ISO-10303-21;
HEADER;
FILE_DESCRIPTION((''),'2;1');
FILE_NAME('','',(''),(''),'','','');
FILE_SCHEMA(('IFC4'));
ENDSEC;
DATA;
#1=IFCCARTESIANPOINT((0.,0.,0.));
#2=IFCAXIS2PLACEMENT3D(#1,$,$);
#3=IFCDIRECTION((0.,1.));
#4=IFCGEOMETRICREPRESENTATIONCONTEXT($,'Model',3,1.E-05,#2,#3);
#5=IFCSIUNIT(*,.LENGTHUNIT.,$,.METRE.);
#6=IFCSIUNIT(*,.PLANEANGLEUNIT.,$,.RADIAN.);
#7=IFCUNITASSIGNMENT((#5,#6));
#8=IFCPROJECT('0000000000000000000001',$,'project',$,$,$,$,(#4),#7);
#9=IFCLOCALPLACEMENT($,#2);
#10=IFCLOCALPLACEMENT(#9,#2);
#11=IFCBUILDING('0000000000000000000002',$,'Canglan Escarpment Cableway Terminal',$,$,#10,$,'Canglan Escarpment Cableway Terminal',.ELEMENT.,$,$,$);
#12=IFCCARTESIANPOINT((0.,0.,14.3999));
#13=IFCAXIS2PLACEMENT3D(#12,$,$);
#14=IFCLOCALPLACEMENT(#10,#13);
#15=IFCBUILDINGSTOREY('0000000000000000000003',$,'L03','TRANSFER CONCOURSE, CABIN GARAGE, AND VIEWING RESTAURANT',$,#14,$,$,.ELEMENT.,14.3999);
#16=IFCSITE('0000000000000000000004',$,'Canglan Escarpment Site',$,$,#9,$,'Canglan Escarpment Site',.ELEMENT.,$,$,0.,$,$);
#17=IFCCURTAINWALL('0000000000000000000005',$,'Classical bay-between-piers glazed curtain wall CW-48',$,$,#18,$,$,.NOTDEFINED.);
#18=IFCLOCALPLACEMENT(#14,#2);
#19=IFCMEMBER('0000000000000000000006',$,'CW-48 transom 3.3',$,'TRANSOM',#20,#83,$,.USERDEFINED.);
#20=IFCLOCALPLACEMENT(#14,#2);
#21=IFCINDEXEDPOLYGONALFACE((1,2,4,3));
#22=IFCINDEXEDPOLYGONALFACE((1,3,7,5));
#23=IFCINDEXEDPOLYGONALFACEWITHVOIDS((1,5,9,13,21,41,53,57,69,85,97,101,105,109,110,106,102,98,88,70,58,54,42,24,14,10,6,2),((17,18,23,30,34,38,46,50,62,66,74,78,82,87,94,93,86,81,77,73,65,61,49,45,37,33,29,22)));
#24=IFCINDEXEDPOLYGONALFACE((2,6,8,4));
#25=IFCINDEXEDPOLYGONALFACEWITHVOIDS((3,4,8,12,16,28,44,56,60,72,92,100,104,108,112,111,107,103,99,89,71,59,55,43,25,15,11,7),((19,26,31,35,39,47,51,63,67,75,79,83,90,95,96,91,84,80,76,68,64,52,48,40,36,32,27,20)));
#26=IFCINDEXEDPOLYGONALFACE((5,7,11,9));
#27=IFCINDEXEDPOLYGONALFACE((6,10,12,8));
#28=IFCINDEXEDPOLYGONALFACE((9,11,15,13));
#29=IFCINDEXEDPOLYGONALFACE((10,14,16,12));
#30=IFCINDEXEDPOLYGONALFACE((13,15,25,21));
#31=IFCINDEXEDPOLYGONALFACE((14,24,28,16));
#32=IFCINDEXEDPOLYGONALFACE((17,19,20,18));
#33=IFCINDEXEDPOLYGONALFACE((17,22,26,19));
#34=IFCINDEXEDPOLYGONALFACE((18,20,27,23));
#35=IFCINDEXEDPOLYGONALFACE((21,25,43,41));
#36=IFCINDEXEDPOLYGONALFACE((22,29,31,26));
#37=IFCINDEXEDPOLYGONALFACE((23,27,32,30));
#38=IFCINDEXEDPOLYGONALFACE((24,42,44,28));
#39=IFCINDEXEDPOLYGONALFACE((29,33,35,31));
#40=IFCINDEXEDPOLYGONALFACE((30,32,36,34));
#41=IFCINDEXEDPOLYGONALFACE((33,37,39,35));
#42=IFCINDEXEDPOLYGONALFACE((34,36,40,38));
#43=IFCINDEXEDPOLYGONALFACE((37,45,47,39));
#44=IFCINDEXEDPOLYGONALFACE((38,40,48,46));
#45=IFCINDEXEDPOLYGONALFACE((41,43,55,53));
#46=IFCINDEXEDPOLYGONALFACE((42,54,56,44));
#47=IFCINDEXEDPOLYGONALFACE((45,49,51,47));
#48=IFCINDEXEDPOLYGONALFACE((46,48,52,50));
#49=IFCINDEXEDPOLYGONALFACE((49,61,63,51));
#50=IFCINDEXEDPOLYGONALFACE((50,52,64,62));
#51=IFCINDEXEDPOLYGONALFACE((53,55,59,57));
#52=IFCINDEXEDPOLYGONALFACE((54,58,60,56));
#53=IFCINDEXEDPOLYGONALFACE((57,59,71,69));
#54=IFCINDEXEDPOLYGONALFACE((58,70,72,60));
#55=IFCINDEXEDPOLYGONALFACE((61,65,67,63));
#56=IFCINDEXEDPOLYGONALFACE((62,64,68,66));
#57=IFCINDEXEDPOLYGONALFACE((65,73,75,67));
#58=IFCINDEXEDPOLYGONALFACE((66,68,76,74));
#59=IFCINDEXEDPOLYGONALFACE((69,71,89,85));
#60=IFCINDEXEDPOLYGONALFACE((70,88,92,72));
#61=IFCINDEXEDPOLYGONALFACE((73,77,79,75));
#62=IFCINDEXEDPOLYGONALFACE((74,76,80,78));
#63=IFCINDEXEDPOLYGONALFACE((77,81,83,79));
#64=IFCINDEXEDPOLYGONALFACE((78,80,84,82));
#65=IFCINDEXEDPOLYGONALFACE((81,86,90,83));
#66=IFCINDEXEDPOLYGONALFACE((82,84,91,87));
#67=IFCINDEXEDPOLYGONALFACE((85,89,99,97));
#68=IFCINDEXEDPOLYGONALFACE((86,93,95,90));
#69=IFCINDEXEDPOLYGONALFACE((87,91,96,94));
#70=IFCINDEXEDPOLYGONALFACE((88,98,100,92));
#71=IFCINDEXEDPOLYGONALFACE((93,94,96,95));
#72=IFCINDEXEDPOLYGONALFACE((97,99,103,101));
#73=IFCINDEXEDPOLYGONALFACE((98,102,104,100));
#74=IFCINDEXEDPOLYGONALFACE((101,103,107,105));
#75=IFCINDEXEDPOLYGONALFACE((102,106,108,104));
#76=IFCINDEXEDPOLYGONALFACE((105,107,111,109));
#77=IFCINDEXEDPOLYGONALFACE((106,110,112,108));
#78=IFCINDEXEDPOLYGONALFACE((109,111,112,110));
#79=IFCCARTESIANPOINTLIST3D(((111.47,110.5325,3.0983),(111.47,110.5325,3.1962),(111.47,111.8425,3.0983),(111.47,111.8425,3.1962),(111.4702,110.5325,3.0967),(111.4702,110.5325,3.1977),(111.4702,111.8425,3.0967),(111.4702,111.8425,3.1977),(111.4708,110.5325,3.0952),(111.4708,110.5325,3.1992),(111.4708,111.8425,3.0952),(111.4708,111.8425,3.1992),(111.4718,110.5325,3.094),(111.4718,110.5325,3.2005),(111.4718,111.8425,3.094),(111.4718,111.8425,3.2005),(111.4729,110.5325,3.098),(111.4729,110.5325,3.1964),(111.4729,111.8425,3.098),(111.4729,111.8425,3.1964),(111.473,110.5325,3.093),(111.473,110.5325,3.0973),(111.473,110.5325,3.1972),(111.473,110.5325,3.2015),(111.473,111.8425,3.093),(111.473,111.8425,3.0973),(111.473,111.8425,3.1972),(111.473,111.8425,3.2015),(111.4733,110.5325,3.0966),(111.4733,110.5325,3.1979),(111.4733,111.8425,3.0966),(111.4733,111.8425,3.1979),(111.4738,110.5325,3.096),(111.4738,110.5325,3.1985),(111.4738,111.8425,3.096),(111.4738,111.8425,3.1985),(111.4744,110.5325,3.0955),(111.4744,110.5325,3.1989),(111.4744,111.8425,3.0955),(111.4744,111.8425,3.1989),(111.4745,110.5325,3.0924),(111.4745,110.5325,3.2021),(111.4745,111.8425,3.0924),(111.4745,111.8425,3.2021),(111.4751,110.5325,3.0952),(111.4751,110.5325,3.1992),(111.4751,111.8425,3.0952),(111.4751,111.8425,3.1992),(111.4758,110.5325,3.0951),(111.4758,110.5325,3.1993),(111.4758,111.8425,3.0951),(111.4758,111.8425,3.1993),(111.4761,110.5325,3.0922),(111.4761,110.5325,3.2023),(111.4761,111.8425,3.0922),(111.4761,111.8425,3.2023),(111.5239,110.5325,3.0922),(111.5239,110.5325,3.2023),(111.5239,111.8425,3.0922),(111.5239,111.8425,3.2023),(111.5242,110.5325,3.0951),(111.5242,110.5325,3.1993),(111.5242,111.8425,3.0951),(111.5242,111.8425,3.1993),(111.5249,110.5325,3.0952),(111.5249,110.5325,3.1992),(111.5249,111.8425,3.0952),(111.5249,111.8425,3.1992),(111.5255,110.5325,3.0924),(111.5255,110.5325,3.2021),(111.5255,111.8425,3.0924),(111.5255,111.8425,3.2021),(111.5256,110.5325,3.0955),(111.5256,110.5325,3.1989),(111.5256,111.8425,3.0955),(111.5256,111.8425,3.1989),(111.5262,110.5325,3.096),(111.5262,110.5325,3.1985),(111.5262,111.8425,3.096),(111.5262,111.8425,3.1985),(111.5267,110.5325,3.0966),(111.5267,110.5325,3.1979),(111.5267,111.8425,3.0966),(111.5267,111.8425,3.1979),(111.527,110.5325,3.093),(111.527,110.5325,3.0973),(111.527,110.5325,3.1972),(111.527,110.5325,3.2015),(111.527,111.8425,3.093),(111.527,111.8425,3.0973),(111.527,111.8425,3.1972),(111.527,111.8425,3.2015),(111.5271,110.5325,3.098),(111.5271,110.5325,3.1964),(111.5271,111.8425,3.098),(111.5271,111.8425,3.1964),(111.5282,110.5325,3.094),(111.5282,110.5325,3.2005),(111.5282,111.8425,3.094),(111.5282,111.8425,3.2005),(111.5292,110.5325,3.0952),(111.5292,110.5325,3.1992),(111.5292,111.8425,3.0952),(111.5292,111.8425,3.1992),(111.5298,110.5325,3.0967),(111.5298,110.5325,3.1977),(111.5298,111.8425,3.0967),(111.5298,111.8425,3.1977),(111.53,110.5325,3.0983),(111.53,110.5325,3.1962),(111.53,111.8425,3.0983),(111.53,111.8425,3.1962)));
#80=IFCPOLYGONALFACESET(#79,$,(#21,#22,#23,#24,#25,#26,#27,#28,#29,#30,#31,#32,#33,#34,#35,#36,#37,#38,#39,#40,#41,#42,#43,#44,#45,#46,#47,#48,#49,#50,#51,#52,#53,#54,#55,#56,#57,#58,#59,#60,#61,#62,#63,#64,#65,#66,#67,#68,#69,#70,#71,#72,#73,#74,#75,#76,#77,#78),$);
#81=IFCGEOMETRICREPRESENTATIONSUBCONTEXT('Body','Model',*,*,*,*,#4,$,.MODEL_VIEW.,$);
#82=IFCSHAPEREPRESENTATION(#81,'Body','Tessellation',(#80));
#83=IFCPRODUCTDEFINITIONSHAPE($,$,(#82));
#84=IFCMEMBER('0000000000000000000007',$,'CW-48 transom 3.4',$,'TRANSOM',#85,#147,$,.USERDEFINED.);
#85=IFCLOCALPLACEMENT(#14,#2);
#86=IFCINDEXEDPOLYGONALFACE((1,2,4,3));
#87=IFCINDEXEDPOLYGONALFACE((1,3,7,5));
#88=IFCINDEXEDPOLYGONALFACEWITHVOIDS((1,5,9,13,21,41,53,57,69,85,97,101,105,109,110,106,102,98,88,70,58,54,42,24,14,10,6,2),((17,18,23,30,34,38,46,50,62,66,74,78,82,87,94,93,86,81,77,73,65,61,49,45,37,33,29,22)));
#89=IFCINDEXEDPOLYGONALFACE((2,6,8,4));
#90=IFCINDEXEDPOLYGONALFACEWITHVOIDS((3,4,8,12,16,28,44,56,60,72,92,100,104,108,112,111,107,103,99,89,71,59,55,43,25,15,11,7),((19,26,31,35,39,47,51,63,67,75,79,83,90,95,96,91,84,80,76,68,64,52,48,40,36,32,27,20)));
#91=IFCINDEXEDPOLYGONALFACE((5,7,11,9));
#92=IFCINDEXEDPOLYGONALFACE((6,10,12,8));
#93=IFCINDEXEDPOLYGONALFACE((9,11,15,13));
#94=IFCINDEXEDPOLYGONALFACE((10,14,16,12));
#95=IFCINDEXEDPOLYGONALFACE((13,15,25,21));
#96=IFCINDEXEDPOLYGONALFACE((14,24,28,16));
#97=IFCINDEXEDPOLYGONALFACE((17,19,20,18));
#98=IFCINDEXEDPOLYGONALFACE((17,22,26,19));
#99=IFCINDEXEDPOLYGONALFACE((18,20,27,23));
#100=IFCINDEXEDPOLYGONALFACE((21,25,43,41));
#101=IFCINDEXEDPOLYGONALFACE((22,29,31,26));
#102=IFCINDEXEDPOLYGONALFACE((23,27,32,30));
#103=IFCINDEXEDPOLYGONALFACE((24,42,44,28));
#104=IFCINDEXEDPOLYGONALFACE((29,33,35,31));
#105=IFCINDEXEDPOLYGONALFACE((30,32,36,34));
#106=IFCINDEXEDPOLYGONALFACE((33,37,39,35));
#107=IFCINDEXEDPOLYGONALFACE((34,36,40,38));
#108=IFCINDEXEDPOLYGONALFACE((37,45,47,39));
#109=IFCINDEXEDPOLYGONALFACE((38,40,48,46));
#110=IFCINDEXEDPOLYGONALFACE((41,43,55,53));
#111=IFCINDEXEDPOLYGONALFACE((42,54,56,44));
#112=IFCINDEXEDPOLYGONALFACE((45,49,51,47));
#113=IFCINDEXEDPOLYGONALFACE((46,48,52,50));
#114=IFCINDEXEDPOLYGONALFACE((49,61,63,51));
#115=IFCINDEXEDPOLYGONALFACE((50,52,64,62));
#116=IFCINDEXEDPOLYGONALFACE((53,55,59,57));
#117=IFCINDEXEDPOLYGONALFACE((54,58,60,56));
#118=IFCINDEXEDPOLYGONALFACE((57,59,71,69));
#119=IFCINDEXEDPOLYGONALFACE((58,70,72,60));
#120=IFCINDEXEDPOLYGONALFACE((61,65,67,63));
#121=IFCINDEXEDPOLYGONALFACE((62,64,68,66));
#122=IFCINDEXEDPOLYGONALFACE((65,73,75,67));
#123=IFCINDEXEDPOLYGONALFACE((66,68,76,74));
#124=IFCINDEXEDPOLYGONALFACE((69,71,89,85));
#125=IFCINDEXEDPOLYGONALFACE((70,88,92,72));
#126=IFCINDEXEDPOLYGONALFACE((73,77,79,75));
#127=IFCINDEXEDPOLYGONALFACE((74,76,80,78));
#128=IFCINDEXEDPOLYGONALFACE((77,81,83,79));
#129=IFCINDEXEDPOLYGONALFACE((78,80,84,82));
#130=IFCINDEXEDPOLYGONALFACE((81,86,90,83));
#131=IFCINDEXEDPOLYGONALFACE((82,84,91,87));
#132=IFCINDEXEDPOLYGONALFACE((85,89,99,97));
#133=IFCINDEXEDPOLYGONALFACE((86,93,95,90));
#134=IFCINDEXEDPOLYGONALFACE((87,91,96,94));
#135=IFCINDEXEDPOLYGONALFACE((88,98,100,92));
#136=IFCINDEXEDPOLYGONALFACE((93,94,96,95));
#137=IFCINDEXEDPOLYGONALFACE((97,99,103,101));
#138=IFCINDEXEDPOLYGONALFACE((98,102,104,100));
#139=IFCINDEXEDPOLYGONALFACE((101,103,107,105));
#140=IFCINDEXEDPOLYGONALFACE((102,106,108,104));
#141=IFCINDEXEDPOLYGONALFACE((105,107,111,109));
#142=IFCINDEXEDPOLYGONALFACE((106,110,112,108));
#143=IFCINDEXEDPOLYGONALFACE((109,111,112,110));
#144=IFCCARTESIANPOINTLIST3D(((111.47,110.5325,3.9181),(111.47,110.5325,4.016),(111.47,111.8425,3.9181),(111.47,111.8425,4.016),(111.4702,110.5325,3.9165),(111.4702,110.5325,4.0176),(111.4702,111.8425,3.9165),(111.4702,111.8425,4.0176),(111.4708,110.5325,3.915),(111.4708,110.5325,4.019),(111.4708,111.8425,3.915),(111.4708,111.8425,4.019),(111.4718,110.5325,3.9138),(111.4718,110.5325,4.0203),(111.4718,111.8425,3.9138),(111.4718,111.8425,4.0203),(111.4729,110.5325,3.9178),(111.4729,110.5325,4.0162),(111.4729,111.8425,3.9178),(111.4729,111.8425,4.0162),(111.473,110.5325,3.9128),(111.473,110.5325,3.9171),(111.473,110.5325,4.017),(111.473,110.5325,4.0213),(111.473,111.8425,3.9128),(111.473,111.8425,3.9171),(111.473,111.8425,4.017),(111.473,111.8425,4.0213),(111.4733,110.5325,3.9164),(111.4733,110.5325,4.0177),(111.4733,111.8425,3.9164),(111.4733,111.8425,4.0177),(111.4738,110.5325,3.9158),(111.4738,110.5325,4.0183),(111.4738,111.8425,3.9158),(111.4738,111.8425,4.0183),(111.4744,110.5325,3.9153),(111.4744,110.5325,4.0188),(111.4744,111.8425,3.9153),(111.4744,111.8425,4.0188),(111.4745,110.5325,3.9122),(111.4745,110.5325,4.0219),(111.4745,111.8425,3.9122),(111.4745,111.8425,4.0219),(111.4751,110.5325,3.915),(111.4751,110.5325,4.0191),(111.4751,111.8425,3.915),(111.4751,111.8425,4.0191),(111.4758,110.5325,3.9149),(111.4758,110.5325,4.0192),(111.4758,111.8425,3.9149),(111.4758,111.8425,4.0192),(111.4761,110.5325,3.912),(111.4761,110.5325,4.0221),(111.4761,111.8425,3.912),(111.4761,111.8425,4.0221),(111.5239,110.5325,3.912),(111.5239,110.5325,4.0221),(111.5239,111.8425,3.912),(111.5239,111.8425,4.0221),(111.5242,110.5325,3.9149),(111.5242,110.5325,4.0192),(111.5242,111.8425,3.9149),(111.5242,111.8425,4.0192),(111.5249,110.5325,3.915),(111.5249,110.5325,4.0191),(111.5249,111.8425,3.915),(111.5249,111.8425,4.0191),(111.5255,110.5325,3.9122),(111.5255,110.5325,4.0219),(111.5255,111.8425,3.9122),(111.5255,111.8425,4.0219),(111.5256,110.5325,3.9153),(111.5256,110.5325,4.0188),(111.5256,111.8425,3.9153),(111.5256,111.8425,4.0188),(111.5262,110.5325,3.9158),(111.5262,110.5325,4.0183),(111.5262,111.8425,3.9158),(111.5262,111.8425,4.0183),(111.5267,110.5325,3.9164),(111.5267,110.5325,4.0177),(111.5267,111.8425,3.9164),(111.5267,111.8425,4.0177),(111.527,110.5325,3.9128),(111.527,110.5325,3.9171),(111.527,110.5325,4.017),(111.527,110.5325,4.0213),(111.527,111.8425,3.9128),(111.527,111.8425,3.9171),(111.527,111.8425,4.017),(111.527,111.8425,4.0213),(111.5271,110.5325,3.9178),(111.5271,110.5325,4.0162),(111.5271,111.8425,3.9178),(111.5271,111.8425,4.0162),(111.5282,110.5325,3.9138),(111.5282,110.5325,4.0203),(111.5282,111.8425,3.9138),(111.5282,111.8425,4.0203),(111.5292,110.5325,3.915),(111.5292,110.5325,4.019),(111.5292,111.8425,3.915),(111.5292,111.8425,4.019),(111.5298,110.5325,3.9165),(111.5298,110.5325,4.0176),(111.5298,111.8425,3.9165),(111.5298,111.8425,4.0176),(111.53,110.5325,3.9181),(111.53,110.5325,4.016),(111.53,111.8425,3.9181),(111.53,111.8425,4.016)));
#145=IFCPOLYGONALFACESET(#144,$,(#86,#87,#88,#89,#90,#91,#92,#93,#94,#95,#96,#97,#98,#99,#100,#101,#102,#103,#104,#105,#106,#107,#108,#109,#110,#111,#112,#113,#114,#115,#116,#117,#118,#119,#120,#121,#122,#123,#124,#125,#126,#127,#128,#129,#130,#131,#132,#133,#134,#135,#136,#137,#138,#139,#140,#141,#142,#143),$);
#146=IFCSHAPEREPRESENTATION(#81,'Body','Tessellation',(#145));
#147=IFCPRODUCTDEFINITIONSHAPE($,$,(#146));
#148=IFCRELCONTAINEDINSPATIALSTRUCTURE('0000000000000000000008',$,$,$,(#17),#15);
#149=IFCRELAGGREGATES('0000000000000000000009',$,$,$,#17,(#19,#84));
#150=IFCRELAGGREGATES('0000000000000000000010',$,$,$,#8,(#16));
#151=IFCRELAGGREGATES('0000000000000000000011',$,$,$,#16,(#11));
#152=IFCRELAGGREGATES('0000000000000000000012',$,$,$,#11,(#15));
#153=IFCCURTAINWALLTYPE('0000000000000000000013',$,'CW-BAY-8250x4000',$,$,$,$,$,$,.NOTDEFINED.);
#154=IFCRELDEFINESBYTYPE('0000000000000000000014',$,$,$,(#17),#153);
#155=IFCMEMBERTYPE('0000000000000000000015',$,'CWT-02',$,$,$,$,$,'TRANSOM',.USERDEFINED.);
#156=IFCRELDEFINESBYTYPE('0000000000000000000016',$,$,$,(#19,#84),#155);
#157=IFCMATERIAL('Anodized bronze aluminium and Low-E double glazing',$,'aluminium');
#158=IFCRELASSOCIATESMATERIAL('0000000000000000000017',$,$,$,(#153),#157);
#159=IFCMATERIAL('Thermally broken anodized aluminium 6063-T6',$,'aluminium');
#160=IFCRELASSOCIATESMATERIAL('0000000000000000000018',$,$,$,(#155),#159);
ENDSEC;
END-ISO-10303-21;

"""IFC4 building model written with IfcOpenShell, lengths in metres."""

from ifc_helpers import new_model, si_unit, direction, frame, origin, origin_2d, place, context, subcontext, project, spatial, hollow_rectangle, extrude, material, material_profile, profile_set, type_object, element, aggregate, save


model = new_model("IFC4")

# Units and contexts
model_context = context("Model", 3, precision=1e-05, world=origin(), true_north=direction((0.0, 1.0)))
body_context = subcontext(model_context, "Body", "Model", "MODEL_VIEW")
ifc_project = project(units=[si_unit("LENGTHUNIT", "METRE"), si_unit("PLANEANGLEUNIT", "RADIAN")], contexts=[model_context])

# Site, building, storey
site_placement = place(None, origin())
site = spatial("IfcSite", under=ifc_project, at=site_placement, Name="Canglan Escarpment Site", LongName="Canglan Escarpment Site", CompositionType="ELEMENT", RefElevation=0.0)
building_placement = place(site_placement, origin())
building = spatial("IfcBuilding", under=site, at=building_placement, Name="Canglan Escarpment Cableway Terminal", LongName="Canglan Escarpment Cableway Terminal", CompositionType="ELEMENT")
storey_placement = place(building_placement, frame((0.0, 0.0, 14.3999)))
storey = spatial("IfcBuildingStorey", under=building, at=storey_placement, Name="L03", Description="TRANSFER CONCOURSE, CABIN GARAGE, AND VIEWING RESTAURANT", CompositionType="ELEMENT", Elevation=14.3999)

# Curtain wall, members
ifc_material_1 = material(Name="Anodized bronze aluminium and Low-E double glazing", Category="aluminium")
curtain_wall_type = type_object("IfcCurtainWallType", Name="CW-BAY-8250x4000", PredefinedType="NOTDEFINED", material=ifc_material_1)
curtain_wall_placement = place(storey_placement, origin())
curtain_wall = element("IfcCurtainWall", 1, at=curtain_wall_placement, inside=storey, type_object=curtain_wall_type, Name="Classical bay-between-piers glazed curtain wall CW-48", PredefinedType="NOTDEFINED")
ifc_material_2 = material(Name="Thermally broken anodized aluminium 6063-T6", Category="aluminium")
ifc_material_profile_1 = material_profile(ifc_material_2, hollow_rectangle(XDim=0.0601, YDim=0.1101, WallThickness=0.0029, InnerFilletRadius=0.0029, OuterFilletRadius=0.0061, at=origin_2d()), Name="ALU-TRAN 60x110x3")
ifc_profile_set_1 = profile_set([ifc_material_profile_1], Name="Thermally broken anodized aluminium 6063-T6")
member_type_1 = type_object("IfcMemberType", Name="CWT-02", ElementType="TRANSOM", PredefinedType="USERDEFINED", material=ifc_profile_set_1)
member_1_placement = place(storey_placement, frame((111.5, 111.8425, 3.1472), z_axis=(0.0, -1.0, 0.0), x_axis=(1.0, 0.0, 0.0)))
member_1 = element("IfcMember", 2, at=member_1_placement, type_object=member_type_1, Name="CW-48 transom 3.3", ObjectType="TRANSOM", PredefinedType="USERDEFINED", context=body_context, shape_type="SweptSolid", body=[
    extrude(hollow_rectangle(XDim=0.0601, YDim=0.1101, WallThickness=0.0029, InnerFilletRadius=0.0029, OuterFilletRadius=0.0061, at=origin_2d()), origin(), (0.0, 0.0, 1.0), 1.3101),
])
member_2_placement = place(storey_placement, frame((111.5, 111.8425, 3.967), z_axis=(0.0, -1.0, 0.0), x_axis=(1.0, 0.0, 0.0)))
member_2 = element("IfcMember", 3, at=member_2_placement, type_object=member_type_1, Name="CW-48 transom 3.4", ObjectType="TRANSOM", PredefinedType="USERDEFINED", context=body_context, shape_type="SweptSolid", body=[
    extrude(hollow_rectangle(XDim=0.0601, YDim=0.1101, WallThickness=0.0029, InnerFilletRadius=0.0029, OuterFilletRadius=0.0061, at=origin_2d()), origin(), (0.0, 0.0, 1.0), 1.3101),
])
aggregate(curtain_wall, [member_1, member_2])

save(model, "model.ifc")
